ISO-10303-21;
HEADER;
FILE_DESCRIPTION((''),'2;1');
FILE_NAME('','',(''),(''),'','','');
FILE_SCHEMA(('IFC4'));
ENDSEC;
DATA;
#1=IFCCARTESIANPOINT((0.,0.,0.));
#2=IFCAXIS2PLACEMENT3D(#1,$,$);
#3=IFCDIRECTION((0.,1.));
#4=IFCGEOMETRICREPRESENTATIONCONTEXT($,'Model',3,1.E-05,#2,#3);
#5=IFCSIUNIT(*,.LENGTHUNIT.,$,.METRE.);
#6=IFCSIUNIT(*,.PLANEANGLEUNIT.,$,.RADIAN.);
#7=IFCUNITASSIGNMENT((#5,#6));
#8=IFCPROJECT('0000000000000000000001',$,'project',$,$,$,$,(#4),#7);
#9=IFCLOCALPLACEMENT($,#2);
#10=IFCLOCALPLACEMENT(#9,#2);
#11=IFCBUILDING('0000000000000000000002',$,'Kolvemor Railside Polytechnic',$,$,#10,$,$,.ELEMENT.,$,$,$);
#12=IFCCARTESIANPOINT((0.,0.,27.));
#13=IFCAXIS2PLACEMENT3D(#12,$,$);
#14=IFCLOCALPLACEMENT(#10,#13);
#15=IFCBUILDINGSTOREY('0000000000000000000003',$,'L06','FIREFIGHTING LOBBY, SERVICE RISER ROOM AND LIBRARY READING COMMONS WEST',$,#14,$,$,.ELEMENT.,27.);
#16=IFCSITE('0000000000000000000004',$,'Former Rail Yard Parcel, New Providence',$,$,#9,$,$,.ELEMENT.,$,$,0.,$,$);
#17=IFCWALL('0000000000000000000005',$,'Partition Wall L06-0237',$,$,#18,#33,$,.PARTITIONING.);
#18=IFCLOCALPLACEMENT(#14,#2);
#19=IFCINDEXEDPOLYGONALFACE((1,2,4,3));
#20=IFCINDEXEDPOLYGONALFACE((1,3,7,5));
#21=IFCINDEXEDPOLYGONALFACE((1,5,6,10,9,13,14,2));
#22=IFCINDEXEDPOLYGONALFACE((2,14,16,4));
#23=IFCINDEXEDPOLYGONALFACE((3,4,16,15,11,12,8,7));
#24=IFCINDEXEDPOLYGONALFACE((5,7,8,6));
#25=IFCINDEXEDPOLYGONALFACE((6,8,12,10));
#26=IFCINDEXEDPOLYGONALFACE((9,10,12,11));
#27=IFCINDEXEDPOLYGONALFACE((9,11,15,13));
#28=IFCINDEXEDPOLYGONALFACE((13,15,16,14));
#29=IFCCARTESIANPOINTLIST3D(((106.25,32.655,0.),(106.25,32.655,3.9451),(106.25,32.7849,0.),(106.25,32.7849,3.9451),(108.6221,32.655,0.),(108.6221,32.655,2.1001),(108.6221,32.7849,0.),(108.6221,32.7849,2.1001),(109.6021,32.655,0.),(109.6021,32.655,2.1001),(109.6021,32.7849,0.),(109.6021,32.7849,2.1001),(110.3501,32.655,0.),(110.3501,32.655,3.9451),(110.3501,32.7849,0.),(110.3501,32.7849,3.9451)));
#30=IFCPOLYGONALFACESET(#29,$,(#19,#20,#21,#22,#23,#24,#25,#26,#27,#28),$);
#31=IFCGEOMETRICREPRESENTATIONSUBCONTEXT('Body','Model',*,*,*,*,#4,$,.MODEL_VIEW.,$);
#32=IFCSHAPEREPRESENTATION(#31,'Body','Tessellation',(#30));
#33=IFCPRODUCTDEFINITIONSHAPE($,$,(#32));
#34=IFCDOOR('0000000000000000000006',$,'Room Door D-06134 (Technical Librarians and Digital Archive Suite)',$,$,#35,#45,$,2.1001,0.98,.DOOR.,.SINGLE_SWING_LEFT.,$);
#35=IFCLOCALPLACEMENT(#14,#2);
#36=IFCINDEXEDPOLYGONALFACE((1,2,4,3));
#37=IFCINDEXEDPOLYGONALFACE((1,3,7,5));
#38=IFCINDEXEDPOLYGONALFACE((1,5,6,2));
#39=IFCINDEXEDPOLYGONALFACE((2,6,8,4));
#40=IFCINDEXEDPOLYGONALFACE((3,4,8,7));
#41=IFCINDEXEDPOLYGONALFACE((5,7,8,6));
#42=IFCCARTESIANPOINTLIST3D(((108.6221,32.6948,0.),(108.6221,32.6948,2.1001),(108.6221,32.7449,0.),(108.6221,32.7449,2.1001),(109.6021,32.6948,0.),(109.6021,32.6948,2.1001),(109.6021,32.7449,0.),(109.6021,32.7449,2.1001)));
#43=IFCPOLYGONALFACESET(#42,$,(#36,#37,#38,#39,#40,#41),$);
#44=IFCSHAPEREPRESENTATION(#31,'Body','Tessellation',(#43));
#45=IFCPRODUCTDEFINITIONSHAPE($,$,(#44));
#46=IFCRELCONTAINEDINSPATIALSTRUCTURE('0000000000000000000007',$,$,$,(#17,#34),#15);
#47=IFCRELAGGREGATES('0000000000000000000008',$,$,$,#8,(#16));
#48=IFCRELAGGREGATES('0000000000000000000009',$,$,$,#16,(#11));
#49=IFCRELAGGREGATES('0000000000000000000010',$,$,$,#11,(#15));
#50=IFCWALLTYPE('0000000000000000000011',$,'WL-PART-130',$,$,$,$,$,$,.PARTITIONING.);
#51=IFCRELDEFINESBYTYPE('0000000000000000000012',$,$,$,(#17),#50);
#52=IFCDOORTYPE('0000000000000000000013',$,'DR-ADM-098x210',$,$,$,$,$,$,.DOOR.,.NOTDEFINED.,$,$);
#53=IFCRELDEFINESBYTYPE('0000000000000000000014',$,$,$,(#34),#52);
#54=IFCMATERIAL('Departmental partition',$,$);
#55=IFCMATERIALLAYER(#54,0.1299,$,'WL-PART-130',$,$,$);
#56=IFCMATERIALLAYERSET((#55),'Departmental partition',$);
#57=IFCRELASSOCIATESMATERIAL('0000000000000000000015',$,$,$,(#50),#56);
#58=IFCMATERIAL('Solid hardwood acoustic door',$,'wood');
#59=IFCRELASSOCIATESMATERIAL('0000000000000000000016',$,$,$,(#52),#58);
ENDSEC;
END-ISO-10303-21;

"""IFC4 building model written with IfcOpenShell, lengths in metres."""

from ifc_helpers import new_model, si_unit, direction, frame, frame_2d, origin, place, context, subcontext, project, spatial, rectangle, extrude, material, layer, layer_set, type_object, element, fill, save


model = new_model("IFC4")

# Units and contexts
model_context = context("Model", 3, precision=1e-05, world=origin(), true_north=direction((0.0, 1.0)))
body_context = subcontext(model_context, "Body", "Model", "MODEL_VIEW")
ifc_project = project(units=[si_unit("LENGTHUNIT", "METRE"), si_unit("PLANEANGLEUNIT", "RADIAN")], contexts=[model_context])

# Site, building, storey
site_placement = place(None, origin())
site = spatial("IfcSite", under=ifc_project, at=site_placement, Name="Former Rail Yard Parcel, New Providence", CompositionType="ELEMENT", RefElevation=0.0)
building_placement = place(site_placement, origin())
building = spatial("IfcBuilding", under=site, at=building_placement, Name="Kolvemor Railside Polytechnic", CompositionType="ELEMENT")
storey_placement = place(building_placement, frame((0.0, 0.0, 27.0)))
storey = spatial("IfcBuildingStorey", under=building, at=storey_placement, Name="L06", Description="FIREFIGHTING LOBBY, SERVICE RISER ROOM AND LIBRARY READING COMMONS WEST", CompositionType="ELEMENT", Elevation=27.0)

# Wall, opening, door
ifc_material_1 = material(Name="Departmental partition")
ifc_layer_1 = layer(ifc_material_1, 0.1299, Name="WL-PART-130")
ifc_layer_set_1 = layer_set([ifc_layer_1], Name="Departmental partition")
wall_type = type_object("IfcWallType", Name="WL-PART-130", PredefinedType="PARTITIONING", material=ifc_layer_set_1)
wall_placement = place(storey_placement, frame((106.25, 32.72, 0.0), z_axis=(0.0, 0.0, 1.0), x_axis=(1.0, 0.0, 0.0)))
wall = element("IfcWall", 1, at=wall_placement, inside=storey, type_object=wall_type, Name="Partition Wall L06-0237", PredefinedType="PARTITIONING", context=body_context, shape_type="SweptSolid", body=[
    extrude(rectangle(XDim=4.1001, YDim=0.1299, at=frame_2d((2.05, 0.0))), origin(), (0.0, 0.0, 1.0), 3.9451),
])
opening_placement = place(wall_placement, frame((2.3721, 0.0, 0.0)))
opening = element("IfcOpeningElement", 2, at=opening_placement, cuts=wall, PredefinedType="OPENING", context=body_context, shape_type="SweptSolid", body=[
    extrude(rectangle(XDim=0.98, YDim=2.1001, at=frame_2d((0.49, 1.05))), frame((0.0, 0.075, 0.0), z_axis=(0.0, -1.0, 0.0), x_axis=(1.0, 0.0, 0.0)), (0.0, 0.0, 1.0), 0.1499),
])
ifc_material_2 = material(Name="Solid hardwood acoustic door", Category="wood")
door_type = type_object("IfcDoorType", Name="DR-ADM-098x210", OperationType="NOTDEFINED", PredefinedType="DOOR", material=ifc_material_2)
door_placement = place(opening_placement, origin())
door = element("IfcDoor", 3, at=door_placement, inside=storey, type_object=door_type, Name="Room Door D-06134 (Technical Librarians and Digital Archive Suite)", OperationType="SINGLE_SWING_LEFT", OverallHeight=2.1001, OverallWidth=0.98, PredefinedType="DOOR", context=body_context, shape_type="SweptSolid", body=[
    extrude(rectangle(XDim=0.98, YDim=2.1001, at=frame_2d((0.49, 1.05))), frame((0.0, 0.0249, 0.0), z_axis=(0.0, -1.0, 0.0), x_axis=(1.0, 0.0, 0.0)), (0.0, 0.0, 1.0), 0.05),
])
fill(opening, door)

save(model, "model.ifc")
